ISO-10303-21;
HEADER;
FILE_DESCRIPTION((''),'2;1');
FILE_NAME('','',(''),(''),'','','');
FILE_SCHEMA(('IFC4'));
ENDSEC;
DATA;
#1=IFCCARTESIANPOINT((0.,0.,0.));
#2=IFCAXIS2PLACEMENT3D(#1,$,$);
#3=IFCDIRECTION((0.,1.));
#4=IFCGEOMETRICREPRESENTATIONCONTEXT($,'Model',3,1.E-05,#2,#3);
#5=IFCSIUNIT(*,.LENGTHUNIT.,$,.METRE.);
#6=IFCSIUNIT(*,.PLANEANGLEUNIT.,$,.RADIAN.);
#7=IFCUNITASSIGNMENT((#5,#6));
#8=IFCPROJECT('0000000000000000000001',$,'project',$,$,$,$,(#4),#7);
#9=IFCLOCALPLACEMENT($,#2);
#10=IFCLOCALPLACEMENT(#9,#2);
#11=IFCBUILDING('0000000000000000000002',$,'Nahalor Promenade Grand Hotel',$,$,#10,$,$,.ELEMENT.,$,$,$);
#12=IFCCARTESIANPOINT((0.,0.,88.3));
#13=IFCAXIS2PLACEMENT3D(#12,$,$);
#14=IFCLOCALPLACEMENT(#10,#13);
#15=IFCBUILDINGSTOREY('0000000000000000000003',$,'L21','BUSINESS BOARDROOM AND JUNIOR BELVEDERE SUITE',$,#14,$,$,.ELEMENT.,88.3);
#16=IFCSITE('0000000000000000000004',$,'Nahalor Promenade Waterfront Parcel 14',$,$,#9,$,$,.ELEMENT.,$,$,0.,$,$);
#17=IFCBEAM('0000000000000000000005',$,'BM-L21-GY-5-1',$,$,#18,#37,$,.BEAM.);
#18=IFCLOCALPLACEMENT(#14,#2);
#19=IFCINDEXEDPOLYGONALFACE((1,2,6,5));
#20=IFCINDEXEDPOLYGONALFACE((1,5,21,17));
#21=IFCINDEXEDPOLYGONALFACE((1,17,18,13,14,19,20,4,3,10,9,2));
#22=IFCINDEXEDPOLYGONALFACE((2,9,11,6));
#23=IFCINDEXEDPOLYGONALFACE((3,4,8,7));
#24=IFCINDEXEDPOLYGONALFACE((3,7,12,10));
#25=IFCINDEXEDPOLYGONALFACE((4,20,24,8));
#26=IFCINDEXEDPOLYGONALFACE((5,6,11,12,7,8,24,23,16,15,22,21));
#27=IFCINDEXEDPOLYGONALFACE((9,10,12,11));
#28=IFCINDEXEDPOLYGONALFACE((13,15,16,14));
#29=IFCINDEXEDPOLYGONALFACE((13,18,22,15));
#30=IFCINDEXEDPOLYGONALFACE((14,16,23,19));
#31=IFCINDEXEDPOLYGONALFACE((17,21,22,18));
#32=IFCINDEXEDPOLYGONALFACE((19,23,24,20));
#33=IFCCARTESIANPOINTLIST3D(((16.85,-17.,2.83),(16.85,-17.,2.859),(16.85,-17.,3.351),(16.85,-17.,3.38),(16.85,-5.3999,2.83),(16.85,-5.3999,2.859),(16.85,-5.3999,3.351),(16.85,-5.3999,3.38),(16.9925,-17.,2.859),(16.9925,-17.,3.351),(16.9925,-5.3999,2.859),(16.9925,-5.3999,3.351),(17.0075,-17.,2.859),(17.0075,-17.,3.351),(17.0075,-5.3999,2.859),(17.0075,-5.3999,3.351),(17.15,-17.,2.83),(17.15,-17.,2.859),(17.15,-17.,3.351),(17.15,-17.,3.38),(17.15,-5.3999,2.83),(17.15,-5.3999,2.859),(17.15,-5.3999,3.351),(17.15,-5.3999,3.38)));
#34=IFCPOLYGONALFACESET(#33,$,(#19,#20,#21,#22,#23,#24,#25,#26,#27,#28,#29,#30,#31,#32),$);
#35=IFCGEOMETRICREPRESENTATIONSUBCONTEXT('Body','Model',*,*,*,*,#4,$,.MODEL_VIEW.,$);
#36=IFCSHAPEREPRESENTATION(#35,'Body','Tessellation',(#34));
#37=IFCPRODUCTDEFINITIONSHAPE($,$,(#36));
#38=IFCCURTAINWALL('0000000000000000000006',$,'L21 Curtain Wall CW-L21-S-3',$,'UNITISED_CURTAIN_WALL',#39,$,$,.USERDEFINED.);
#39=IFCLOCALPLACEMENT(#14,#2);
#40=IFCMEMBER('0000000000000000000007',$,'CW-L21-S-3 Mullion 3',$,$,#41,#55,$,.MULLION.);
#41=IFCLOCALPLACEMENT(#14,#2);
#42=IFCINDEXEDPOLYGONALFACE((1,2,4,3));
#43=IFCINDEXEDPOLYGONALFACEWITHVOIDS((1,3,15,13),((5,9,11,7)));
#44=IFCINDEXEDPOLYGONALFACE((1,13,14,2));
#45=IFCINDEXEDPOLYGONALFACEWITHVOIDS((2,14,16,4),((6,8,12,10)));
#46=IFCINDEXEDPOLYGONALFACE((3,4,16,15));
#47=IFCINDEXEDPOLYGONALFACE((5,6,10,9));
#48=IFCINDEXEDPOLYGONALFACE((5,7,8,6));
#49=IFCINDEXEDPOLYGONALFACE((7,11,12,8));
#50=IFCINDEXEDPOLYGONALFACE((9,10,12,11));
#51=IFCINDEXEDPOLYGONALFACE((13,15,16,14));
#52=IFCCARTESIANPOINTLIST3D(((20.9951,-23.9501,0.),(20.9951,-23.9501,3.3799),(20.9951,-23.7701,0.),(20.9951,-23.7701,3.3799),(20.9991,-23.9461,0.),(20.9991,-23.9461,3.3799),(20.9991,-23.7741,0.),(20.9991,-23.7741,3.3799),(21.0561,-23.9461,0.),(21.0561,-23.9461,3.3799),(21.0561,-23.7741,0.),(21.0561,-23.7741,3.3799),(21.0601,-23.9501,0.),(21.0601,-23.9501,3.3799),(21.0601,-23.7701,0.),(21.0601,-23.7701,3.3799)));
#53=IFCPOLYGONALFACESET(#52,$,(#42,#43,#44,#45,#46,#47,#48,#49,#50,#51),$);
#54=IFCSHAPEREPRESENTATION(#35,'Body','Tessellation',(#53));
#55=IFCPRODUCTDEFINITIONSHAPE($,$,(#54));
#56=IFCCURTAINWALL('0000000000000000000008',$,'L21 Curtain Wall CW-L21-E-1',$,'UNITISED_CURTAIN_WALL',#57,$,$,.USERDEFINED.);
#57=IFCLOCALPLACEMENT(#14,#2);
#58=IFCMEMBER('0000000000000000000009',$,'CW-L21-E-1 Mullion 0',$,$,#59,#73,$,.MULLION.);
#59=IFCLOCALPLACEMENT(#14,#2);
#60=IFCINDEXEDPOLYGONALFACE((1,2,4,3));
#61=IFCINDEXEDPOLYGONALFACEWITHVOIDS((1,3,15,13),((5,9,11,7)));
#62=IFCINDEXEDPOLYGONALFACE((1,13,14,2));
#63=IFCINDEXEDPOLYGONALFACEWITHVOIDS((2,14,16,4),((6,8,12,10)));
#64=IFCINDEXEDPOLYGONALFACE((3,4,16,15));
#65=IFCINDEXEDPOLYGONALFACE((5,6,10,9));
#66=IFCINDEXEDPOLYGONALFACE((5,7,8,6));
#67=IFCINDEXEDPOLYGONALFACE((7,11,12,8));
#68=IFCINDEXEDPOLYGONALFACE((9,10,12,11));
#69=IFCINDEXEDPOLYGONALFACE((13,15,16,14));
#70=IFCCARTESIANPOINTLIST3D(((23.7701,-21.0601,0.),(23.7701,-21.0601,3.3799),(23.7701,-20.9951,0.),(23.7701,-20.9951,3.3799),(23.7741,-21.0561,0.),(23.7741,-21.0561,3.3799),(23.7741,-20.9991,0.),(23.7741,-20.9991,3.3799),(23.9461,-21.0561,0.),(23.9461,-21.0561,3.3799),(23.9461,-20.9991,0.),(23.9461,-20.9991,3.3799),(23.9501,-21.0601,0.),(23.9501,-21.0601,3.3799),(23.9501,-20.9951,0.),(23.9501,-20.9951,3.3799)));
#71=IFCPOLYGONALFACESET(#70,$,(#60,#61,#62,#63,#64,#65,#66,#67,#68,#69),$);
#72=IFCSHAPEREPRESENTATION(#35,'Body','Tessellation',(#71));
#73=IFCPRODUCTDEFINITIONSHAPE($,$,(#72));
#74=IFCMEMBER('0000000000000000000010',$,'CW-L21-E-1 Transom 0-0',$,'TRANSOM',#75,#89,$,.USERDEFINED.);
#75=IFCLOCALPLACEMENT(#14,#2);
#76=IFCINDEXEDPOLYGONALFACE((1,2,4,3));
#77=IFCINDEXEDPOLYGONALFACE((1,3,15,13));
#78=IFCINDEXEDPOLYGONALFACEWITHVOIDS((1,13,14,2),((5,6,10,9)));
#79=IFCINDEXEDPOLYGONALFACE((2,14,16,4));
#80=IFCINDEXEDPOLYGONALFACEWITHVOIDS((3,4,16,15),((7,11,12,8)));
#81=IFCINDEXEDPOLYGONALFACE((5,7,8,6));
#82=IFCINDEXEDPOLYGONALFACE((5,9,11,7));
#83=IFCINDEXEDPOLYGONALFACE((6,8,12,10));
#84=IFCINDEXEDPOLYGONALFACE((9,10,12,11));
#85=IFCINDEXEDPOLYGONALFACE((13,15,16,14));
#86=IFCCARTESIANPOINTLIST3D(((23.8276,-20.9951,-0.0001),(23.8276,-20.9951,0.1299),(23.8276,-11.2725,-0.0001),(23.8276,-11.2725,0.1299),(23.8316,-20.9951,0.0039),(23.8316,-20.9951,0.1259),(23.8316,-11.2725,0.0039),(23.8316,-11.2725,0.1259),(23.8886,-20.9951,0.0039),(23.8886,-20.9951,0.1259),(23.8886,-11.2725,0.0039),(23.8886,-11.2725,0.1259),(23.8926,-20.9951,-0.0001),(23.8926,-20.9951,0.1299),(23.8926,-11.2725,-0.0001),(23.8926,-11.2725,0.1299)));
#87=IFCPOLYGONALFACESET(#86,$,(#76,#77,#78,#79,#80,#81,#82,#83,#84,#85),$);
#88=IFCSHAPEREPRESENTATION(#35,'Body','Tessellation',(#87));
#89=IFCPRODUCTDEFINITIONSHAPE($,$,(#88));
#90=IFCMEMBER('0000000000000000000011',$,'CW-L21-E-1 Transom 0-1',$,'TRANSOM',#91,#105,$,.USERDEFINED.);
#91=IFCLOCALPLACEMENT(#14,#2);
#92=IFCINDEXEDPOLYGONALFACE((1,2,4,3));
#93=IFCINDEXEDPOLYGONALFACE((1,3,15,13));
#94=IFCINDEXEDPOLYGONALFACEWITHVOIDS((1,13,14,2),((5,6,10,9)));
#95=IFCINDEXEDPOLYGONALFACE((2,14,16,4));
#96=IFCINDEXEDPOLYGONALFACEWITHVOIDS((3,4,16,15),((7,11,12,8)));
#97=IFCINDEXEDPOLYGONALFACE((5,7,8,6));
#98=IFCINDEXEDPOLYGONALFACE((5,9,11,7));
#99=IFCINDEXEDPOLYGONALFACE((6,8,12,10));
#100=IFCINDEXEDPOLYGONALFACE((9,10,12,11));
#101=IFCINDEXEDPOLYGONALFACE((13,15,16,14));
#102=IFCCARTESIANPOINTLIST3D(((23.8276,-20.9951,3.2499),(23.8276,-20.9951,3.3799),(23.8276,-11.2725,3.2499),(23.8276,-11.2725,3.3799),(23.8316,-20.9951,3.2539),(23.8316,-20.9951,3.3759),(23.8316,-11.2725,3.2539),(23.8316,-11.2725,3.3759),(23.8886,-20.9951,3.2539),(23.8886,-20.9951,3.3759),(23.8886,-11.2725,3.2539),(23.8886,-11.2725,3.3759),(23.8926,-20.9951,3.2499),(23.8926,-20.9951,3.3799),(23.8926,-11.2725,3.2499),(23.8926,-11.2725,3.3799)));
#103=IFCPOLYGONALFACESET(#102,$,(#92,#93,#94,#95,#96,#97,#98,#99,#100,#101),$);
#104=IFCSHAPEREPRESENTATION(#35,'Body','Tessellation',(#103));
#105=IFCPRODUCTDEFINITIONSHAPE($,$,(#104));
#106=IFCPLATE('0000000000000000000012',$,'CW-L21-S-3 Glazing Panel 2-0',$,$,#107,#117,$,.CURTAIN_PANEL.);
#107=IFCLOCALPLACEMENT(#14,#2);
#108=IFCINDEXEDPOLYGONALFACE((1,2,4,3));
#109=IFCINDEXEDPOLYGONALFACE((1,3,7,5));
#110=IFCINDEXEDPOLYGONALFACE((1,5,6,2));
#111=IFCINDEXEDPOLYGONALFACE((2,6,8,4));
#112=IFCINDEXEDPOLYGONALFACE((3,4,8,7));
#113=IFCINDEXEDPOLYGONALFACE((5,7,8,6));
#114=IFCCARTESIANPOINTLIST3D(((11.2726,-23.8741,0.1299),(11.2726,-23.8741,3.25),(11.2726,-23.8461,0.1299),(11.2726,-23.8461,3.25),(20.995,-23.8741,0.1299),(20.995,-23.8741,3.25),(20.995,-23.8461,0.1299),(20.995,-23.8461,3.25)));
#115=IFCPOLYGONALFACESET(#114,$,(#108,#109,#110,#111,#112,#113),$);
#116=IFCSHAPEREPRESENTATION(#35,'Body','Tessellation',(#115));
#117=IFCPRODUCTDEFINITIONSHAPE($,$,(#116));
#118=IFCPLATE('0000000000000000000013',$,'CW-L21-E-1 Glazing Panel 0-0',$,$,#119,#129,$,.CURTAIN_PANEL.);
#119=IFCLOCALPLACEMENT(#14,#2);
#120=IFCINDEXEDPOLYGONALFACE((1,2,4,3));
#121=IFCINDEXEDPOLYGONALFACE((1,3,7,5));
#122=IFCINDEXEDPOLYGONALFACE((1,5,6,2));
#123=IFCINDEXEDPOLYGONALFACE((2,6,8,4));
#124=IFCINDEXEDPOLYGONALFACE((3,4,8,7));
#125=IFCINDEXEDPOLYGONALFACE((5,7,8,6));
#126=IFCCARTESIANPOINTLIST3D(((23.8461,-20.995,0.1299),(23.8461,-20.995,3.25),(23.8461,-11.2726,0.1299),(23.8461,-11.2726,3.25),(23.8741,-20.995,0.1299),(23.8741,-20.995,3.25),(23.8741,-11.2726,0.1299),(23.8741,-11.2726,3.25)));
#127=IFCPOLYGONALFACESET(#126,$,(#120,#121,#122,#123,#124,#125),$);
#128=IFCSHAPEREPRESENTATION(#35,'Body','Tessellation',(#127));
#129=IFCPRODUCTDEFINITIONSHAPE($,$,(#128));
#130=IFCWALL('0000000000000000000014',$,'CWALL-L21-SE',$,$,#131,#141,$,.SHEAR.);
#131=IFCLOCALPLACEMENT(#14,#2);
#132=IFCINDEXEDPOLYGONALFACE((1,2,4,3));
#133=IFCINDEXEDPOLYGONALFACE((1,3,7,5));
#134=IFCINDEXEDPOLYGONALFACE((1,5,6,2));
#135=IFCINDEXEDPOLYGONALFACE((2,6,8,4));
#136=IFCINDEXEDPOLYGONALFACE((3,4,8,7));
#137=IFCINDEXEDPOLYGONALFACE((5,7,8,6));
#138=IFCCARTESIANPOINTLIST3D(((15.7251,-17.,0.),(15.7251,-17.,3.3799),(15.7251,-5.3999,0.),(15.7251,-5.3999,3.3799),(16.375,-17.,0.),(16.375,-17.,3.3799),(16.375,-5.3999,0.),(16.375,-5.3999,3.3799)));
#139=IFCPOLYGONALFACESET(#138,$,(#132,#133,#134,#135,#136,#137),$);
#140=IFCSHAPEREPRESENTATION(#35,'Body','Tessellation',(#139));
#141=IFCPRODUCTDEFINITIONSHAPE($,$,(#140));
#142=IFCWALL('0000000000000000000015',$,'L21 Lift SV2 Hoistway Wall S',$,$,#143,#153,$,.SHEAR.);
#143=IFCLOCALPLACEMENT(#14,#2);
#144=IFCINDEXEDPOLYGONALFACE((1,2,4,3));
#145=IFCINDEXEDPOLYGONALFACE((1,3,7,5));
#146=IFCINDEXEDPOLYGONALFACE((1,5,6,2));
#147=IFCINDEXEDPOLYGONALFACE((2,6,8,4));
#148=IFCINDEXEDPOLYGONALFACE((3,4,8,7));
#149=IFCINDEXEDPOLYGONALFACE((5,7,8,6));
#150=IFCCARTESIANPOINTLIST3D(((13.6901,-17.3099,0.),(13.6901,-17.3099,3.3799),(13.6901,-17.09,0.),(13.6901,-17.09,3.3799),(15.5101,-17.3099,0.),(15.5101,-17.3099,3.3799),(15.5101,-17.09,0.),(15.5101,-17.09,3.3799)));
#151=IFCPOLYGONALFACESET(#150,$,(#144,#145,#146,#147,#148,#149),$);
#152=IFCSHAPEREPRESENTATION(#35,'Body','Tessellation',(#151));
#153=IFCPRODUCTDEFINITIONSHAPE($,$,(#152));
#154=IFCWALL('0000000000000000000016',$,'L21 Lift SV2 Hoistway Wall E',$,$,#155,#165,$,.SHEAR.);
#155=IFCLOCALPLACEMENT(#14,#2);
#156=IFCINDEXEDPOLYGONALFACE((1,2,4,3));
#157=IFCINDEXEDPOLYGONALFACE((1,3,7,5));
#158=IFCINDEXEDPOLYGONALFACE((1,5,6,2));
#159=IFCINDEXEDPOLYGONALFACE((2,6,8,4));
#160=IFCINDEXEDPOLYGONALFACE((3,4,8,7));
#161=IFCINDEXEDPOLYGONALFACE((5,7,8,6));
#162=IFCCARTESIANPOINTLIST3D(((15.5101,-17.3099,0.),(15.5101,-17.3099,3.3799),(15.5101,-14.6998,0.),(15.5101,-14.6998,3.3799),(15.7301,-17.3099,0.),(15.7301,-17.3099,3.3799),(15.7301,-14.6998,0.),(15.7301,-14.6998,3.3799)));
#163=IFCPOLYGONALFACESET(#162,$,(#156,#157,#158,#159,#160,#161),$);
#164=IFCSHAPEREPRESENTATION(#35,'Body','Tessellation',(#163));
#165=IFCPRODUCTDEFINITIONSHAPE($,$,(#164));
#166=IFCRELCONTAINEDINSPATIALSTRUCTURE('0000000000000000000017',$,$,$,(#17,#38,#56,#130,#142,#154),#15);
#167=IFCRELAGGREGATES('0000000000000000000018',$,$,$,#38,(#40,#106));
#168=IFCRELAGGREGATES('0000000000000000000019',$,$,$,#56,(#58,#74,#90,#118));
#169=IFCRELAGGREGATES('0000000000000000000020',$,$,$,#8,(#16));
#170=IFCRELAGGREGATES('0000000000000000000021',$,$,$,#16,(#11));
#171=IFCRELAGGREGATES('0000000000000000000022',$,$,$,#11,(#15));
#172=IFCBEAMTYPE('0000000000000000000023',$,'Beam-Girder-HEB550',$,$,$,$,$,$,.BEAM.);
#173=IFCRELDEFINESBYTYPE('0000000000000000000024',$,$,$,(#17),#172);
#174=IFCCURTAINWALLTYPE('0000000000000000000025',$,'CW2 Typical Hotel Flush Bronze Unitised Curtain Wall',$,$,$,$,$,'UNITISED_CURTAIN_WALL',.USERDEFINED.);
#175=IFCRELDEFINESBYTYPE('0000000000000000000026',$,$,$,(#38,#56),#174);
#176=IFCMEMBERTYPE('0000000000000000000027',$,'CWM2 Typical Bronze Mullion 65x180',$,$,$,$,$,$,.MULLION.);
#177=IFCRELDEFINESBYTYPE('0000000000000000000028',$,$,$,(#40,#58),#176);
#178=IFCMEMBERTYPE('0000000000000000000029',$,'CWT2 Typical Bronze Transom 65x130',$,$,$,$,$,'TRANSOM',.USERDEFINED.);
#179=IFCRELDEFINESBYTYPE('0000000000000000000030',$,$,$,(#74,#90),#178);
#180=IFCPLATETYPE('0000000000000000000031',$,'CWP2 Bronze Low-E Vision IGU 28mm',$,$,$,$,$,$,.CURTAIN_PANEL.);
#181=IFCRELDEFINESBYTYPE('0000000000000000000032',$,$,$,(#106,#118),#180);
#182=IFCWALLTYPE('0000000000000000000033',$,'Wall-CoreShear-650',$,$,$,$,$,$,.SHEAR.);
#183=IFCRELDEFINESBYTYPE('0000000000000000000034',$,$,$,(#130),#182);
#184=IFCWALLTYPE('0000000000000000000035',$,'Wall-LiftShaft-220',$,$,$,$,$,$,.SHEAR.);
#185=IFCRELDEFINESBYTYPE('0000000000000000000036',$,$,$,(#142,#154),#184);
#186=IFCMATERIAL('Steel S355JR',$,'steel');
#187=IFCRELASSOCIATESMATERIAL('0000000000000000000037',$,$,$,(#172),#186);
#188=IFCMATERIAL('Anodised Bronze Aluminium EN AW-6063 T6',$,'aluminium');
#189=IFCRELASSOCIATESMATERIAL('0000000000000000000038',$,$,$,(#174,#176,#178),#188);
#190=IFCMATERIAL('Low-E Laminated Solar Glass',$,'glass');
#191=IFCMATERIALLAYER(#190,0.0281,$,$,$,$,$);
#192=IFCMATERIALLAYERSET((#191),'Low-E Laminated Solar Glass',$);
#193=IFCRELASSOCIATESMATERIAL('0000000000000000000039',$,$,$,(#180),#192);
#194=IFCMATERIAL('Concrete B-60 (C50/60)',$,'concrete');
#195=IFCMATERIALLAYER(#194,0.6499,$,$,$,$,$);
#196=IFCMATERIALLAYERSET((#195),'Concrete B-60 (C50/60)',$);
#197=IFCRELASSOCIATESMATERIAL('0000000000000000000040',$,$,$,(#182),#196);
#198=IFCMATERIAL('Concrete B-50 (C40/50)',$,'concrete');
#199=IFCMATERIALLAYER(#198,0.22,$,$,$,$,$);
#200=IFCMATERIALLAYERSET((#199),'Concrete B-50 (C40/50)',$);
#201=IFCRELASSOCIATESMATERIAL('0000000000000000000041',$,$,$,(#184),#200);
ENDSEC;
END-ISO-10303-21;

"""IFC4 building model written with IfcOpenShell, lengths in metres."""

from ifc_helpers import new_model, si_unit, direction, frame, frame_2d, origin, origin_2d, place, context, subcontext, project, spatial, rectangle, hollow_rectangle, i_section, extrude, source, transform, mapped, material, layer, layer_set, material_profile, profile_set, type_object, element, aggregate, save


model = new_model("IFC4")

# Units and contexts
model_context = context("Model", 3, precision=1e-05, world=origin(), true_north=direction((0.0, 1.0)))
body_context = subcontext(model_context, "Body", "Model", "MODEL_VIEW")
ifc_project = project(units=[si_unit("LENGTHUNIT", "METRE"), si_unit("PLANEANGLEUNIT", "RADIAN")], contexts=[model_context])

# Site, building, storey
site_placement = place(None, origin())
site = spatial("IfcSite", under=ifc_project, at=site_placement, Name="Nahalor Promenade Waterfront Parcel 14", CompositionType="ELEMENT", RefElevation=0.0)
building_placement = place(site_placement, origin())
building = spatial("IfcBuilding", under=site, at=building_placement, Name="Nahalor Promenade Grand Hotel", CompositionType="ELEMENT")
storey_placement = place(building_placement, frame((0.0, 0.0, 88.3)))
storey = spatial("IfcBuildingStorey", under=building, at=storey_placement, Name="L21", Description="BUSINESS BOARDROOM AND JUNIOR BELVEDERE SUITE", CompositionType="ELEMENT", Elevation=88.3)

# Shared definitions
ifc_material_1 = material(Name="Concrete B-60 (C50/60)", Category="concrete")

# Beam
ifc_material_2 = material(Name="Steel S355JR", Category="steel")
ifc_material_profile_1 = material_profile(ifc_material_2, i_section(OverallWidth=0.3, OverallDepth=0.55, WebThickness=0.015, FlangeThickness=0.029, at=origin_2d()), Name="HEB 550")
ifc_profile_set_1 = profile_set([ifc_material_profile_1], Name="Steel S355JR")
beam_type_1 = type_object("IfcBeamType", Name="Beam-Girder-HEB550", PredefinedType="BEAM", material=ifc_profile_set_1)
shared_shape_1 = source(origin(), body_context, "Body", "SweptSolid", [
    extrude(i_section(OverallWidth=0.3, OverallDepth=0.55, WebThickness=0.015, FlangeThickness=0.029, at=origin_2d()), origin(), (0.0, 0.0, 1.0), 11.6001),
])
beam_1_placement = place(storey_placement, frame((17.0, -17.0, 3.105), z_axis=(0.0, 1.0, 0.0), x_axis=(-1.0, 0.0, 0.0)))
element("IfcBeam", 1, at=beam_1_placement, inside=storey, type_object=beam_type_1, Name="BM-L21-GY-5-1", PredefinedType="BEAM", context=body_context, shape_type="MappedRepresentation", body=[
    mapped(shared_shape_1, transform((0.0, 0.0, 0.0), scale=1.0)),
])

# Curtain wall, member
ifc_material_3 = material(Name="Anodised Bronze Aluminium EN AW-6063 T6", Category="aluminium")
curtain_wall_type = type_object("IfcCurtainWallType", Name="CW2 Typical Hotel Flush Bronze Unitised Curtain Wall", ElementType="UNITISED_CURTAIN_WALL", PredefinedType="USERDEFINED", material=ifc_material_3)
curtain_wall_1_placement = place(storey_placement, origin())
curtain_wall_1 = element("IfcCurtainWall", 2, at=curtain_wall_1_placement, inside=storey, type_object=curtain_wall_type, Name="L21 Curtain Wall CW-L21-S-3", ObjectType="UNITISED_CURTAIN_WALL", PredefinedType="USERDEFINED")
ifc_material_profile_2 = material_profile(ifc_material_3, hollow_rectangle(XDim=0.065, YDim=0.18, WallThickness=0.004, at=origin_2d()), Name="CWM 65x180x4")
ifc_profile_set_2 = profile_set([ifc_material_profile_2], Name="Anodised Bronze Aluminium EN AW-6063 T6")
member_type_1 = type_object("IfcMemberType", Name="CWM2 Typical Bronze Mullion 65x180", PredefinedType="MULLION", material=ifc_profile_set_2)
shared_shape_2 = source(origin(), body_context, "Body", "SweptSolid", [
    extrude(hollow_rectangle(XDim=0.065, YDim=0.18, WallThickness=0.004, at=origin_2d()), origin(), (0.0, 0.0, 1.0), 3.3799),
])
member_1_placement = place(storey_placement, frame((21.0276, -23.8601, 0.0), z_axis=(0.0, 0.0, 1.0), x_axis=(1.0, 0.0, 0.0)))
member_1 = element("IfcMember", 3, at=member_1_placement, type_object=member_type_1, Name="CW-L21-S-3 Mullion 3", PredefinedType="MULLION", context=body_context, shape_type="MappedRepresentation", body=[
    mapped(shared_shape_2, transform((0.0, 0.0, 0.0), scale=1.0)),
])

# Curtain wall, members
curtain_wall_2_placement = place(storey_placement, origin())
curtain_wall_2 = element("IfcCurtainWall", 4, at=curtain_wall_2_placement, inside=storey, type_object=curtain_wall_type, Name="L21 Curtain Wall CW-L21-E-1", ObjectType="UNITISED_CURTAIN_WALL", PredefinedType="USERDEFINED")
member_2_placement = place(storey_placement, frame((23.8601, -21.0276, 0.0), z_axis=(0.0, 0.0, 1.0), x_axis=(0.0, 1.0, 0.0)))
member_2 = element("IfcMember", 5, at=member_2_placement, type_object=member_type_1, Name="CW-L21-E-1 Mullion 0", PredefinedType="MULLION", context=body_context, shape_type="MappedRepresentation", body=[
    mapped(shared_shape_2, transform((0.0, 0.0, 0.0), scale=1.0)),
])
ifc_material_profile_3 = material_profile(ifc_material_3, hollow_rectangle(XDim=0.065, YDim=0.13, WallThickness=0.004, at=origin_2d()), Name="CWT 65x130x4")
ifc_profile_set_3 = profile_set([ifc_material_profile_3], Name="Anodised Bronze Aluminium EN AW-6063 T6")
member_type_2 = type_object("IfcMemberType", Name="CWT2 Typical Bronze Transom 65x130", ElementType="TRANSOM", PredefinedType="USERDEFINED", material=ifc_profile_set_3)
shared_shape_3 = source(origin(), body_context, "Body", "SweptSolid", [
    extrude(hollow_rectangle(XDim=0.065, YDim=0.13, WallThickness=0.004, at=origin_2d()), origin(), (0.0, 0.0, 1.0), 9.7227),
])
member_3_placement = place(storey_placement, frame((23.8601, -20.9951, 0.0649), z_axis=(0.0, 1.0, 0.0), x_axis=(-1.0, 0.0, 0.0)))
member_3 = element("IfcMember", 6, at=member_3_placement, type_object=member_type_2, Name="CW-L21-E-1 Transom 0-0", ObjectType="TRANSOM", PredefinedType="USERDEFINED", context=body_context, shape_type="MappedRepresentation", body=[
    mapped(shared_shape_3, transform((0.0, 0.0, 0.0), scale=1.0)),
])
member_4_placement = place(storey_placement, frame((23.8601, -20.9951, 3.3149), z_axis=(0.0, 1.0, 0.0), x_axis=(-1.0, 0.0, 0.0)))
member_4 = element("IfcMember", 7, at=member_4_placement, type_object=member_type_2, Name="CW-L21-E-1 Transom 0-1", ObjectType="TRANSOM", PredefinedType="USERDEFINED", context=body_context, shape_type="MappedRepresentation", body=[
    mapped(shared_shape_3, transform((0.0, 0.0, 0.0), scale=1.0)),
])

# Plates
ifc_material_4 = material(Name="Low-E Laminated Solar Glass", Category="glass")
ifc_layer_1 = layer(ifc_material_4, 0.0281)
ifc_layer_set_1 = layer_set([ifc_layer_1], Name="Low-E Laminated Solar Glass")
plate_type = type_object("IfcPlateType", Name="CWP2 Bronze Low-E Vision IGU 28mm", PredefinedType="CURTAIN_PANEL", material=ifc_layer_set_1)
shared_shape_4 = source(origin(), body_context, "Body", "SweptSolid", [
    extrude(rectangle(XDim=9.7224, YDim=0.0281, at=origin_2d()), origin(), (0.0, 0.0, 1.0), 3.1201),
])
plate_1_placement = place(storey_placement, frame((16.1338, -23.8601, 0.1299), z_axis=(0.0, 0.0, 1.0), x_axis=(1.0, 0.0, 0.0)))
plate_1 = element("IfcPlate", 8, at=plate_1_placement, type_object=plate_type, Name="CW-L21-S-3 Glazing Panel 2-0", PredefinedType="CURTAIN_PANEL", context=body_context, shape_type="MappedRepresentation", body=[
    mapped(shared_shape_4, transform((0.0, 0.0, 0.0), scale=1.0)),
])
aggregate(curtain_wall_1, [member_1, plate_1])
plate_2_placement = place(storey_placement, frame((23.8601, -16.1338, 0.1299), z_axis=(0.0, 0.0, 1.0), x_axis=(0.0, 1.0, 0.0)))
plate_2 = element("IfcPlate", 9, at=plate_2_placement, type_object=plate_type, Name="CW-L21-E-1 Glazing Panel 0-0", PredefinedType="CURTAIN_PANEL", context=body_context, shape_type="MappedRepresentation", body=[
    mapped(shared_shape_4, transform((0.0, 0.0, 0.0), scale=1.0)),
])
aggregate(curtain_wall_2, [member_2, member_3, member_4, plate_2])

# Walls
ifc_layer_2 = layer(ifc_material_1, 0.6499)
ifc_layer_set_2 = layer_set([ifc_layer_2], Name="Concrete B-60 (C50/60)")
wall_type_1 = type_object("IfcWallType", Name="Wall-CoreShear-650", PredefinedType="SHEAR", material=ifc_layer_set_2)
shared_shape_5 = source(origin(), body_context, "Body", "SweptSolid", [
    extrude(rectangle(XDim=11.6001, YDim=0.6499, at=frame_2d((5.8, 0.0))), origin(), (0.0, 0.0, 1.0), 3.3799),
])
wall_1_placement = place(storey_placement, frame((16.05, -17.0, 0.0), z_axis=(0.0, 0.0, 1.0), x_axis=(0.0, 1.0, 0.0)))
element("IfcWall", 10, at=wall_1_placement, inside=storey, type_object=wall_type_1, Name="CWALL-L21-SE", PredefinedType="SHEAR", context=body_context, shape_type="MappedRepresentation", body=[
    mapped(shared_shape_5, transform((0.0, 0.0, 0.0), scale=1.0)),
])
ifc_material_5 = material(Name="Concrete B-50 (C40/50)", Category="concrete")
ifc_layer_3 = layer(ifc_material_5, 0.22)
ifc_layer_set_3 = layer_set([ifc_layer_3], Name="Concrete B-50 (C40/50)")
wall_type_2 = type_object("IfcWallType", Name="Wall-LiftShaft-220", PredefinedType="SHEAR", material=ifc_layer_set_3)
shared_shape_6 = source(origin(), body_context, "Body", "SweptSolid", [
    extrude(rectangle(XDim=1.8201, YDim=0.22, at=frame_2d((0.9102, 0.0))), origin(), (0.0, 0.0, 1.0), 3.3799),
])
wall_2_placement = place(storey_placement, frame((13.6899, -17.2, 0.0), z_axis=(0.0, 0.0, 1.0), x_axis=(1.0, 0.0, 0.0)))
element("IfcWall", 11, at=wall_2_placement, inside=storey, type_object=wall_type_2, Name="L21 Lift SV2 Hoistway Wall S", PredefinedType="SHEAR", context=body_context, shape_type="MappedRepresentation", body=[
    mapped(shared_shape_6, transform((0.0, 0.0, 0.0), scale=1.0)),
])
shared_shape_7 = source(origin(), body_context, "Body", "SweptSolid", [
    extrude(rectangle(XDim=2.6101, YDim=0.22, at=frame_2d((1.3052, 0.0))), origin(), (0.0, 0.0, 1.0), 3.3799),
])
wall_3_placement = place(storey_placement, frame((15.6201, -17.3101, 0.0), z_axis=(0.0, 0.0, 1.0), x_axis=(0.0, 1.0, 0.0)))
element("IfcWall", 12, at=wall_3_placement, inside=storey, type_object=wall_type_2, Name="L21 Lift SV2 Hoistway Wall E", PredefinedType="SHEAR", context=body_context, shape_type="MappedRepresentation", body=[
    mapped(shared_shape_7, transform((0.0, 0.0, 0.0), scale=1.0)),
])

save(model, "model.ifc")
